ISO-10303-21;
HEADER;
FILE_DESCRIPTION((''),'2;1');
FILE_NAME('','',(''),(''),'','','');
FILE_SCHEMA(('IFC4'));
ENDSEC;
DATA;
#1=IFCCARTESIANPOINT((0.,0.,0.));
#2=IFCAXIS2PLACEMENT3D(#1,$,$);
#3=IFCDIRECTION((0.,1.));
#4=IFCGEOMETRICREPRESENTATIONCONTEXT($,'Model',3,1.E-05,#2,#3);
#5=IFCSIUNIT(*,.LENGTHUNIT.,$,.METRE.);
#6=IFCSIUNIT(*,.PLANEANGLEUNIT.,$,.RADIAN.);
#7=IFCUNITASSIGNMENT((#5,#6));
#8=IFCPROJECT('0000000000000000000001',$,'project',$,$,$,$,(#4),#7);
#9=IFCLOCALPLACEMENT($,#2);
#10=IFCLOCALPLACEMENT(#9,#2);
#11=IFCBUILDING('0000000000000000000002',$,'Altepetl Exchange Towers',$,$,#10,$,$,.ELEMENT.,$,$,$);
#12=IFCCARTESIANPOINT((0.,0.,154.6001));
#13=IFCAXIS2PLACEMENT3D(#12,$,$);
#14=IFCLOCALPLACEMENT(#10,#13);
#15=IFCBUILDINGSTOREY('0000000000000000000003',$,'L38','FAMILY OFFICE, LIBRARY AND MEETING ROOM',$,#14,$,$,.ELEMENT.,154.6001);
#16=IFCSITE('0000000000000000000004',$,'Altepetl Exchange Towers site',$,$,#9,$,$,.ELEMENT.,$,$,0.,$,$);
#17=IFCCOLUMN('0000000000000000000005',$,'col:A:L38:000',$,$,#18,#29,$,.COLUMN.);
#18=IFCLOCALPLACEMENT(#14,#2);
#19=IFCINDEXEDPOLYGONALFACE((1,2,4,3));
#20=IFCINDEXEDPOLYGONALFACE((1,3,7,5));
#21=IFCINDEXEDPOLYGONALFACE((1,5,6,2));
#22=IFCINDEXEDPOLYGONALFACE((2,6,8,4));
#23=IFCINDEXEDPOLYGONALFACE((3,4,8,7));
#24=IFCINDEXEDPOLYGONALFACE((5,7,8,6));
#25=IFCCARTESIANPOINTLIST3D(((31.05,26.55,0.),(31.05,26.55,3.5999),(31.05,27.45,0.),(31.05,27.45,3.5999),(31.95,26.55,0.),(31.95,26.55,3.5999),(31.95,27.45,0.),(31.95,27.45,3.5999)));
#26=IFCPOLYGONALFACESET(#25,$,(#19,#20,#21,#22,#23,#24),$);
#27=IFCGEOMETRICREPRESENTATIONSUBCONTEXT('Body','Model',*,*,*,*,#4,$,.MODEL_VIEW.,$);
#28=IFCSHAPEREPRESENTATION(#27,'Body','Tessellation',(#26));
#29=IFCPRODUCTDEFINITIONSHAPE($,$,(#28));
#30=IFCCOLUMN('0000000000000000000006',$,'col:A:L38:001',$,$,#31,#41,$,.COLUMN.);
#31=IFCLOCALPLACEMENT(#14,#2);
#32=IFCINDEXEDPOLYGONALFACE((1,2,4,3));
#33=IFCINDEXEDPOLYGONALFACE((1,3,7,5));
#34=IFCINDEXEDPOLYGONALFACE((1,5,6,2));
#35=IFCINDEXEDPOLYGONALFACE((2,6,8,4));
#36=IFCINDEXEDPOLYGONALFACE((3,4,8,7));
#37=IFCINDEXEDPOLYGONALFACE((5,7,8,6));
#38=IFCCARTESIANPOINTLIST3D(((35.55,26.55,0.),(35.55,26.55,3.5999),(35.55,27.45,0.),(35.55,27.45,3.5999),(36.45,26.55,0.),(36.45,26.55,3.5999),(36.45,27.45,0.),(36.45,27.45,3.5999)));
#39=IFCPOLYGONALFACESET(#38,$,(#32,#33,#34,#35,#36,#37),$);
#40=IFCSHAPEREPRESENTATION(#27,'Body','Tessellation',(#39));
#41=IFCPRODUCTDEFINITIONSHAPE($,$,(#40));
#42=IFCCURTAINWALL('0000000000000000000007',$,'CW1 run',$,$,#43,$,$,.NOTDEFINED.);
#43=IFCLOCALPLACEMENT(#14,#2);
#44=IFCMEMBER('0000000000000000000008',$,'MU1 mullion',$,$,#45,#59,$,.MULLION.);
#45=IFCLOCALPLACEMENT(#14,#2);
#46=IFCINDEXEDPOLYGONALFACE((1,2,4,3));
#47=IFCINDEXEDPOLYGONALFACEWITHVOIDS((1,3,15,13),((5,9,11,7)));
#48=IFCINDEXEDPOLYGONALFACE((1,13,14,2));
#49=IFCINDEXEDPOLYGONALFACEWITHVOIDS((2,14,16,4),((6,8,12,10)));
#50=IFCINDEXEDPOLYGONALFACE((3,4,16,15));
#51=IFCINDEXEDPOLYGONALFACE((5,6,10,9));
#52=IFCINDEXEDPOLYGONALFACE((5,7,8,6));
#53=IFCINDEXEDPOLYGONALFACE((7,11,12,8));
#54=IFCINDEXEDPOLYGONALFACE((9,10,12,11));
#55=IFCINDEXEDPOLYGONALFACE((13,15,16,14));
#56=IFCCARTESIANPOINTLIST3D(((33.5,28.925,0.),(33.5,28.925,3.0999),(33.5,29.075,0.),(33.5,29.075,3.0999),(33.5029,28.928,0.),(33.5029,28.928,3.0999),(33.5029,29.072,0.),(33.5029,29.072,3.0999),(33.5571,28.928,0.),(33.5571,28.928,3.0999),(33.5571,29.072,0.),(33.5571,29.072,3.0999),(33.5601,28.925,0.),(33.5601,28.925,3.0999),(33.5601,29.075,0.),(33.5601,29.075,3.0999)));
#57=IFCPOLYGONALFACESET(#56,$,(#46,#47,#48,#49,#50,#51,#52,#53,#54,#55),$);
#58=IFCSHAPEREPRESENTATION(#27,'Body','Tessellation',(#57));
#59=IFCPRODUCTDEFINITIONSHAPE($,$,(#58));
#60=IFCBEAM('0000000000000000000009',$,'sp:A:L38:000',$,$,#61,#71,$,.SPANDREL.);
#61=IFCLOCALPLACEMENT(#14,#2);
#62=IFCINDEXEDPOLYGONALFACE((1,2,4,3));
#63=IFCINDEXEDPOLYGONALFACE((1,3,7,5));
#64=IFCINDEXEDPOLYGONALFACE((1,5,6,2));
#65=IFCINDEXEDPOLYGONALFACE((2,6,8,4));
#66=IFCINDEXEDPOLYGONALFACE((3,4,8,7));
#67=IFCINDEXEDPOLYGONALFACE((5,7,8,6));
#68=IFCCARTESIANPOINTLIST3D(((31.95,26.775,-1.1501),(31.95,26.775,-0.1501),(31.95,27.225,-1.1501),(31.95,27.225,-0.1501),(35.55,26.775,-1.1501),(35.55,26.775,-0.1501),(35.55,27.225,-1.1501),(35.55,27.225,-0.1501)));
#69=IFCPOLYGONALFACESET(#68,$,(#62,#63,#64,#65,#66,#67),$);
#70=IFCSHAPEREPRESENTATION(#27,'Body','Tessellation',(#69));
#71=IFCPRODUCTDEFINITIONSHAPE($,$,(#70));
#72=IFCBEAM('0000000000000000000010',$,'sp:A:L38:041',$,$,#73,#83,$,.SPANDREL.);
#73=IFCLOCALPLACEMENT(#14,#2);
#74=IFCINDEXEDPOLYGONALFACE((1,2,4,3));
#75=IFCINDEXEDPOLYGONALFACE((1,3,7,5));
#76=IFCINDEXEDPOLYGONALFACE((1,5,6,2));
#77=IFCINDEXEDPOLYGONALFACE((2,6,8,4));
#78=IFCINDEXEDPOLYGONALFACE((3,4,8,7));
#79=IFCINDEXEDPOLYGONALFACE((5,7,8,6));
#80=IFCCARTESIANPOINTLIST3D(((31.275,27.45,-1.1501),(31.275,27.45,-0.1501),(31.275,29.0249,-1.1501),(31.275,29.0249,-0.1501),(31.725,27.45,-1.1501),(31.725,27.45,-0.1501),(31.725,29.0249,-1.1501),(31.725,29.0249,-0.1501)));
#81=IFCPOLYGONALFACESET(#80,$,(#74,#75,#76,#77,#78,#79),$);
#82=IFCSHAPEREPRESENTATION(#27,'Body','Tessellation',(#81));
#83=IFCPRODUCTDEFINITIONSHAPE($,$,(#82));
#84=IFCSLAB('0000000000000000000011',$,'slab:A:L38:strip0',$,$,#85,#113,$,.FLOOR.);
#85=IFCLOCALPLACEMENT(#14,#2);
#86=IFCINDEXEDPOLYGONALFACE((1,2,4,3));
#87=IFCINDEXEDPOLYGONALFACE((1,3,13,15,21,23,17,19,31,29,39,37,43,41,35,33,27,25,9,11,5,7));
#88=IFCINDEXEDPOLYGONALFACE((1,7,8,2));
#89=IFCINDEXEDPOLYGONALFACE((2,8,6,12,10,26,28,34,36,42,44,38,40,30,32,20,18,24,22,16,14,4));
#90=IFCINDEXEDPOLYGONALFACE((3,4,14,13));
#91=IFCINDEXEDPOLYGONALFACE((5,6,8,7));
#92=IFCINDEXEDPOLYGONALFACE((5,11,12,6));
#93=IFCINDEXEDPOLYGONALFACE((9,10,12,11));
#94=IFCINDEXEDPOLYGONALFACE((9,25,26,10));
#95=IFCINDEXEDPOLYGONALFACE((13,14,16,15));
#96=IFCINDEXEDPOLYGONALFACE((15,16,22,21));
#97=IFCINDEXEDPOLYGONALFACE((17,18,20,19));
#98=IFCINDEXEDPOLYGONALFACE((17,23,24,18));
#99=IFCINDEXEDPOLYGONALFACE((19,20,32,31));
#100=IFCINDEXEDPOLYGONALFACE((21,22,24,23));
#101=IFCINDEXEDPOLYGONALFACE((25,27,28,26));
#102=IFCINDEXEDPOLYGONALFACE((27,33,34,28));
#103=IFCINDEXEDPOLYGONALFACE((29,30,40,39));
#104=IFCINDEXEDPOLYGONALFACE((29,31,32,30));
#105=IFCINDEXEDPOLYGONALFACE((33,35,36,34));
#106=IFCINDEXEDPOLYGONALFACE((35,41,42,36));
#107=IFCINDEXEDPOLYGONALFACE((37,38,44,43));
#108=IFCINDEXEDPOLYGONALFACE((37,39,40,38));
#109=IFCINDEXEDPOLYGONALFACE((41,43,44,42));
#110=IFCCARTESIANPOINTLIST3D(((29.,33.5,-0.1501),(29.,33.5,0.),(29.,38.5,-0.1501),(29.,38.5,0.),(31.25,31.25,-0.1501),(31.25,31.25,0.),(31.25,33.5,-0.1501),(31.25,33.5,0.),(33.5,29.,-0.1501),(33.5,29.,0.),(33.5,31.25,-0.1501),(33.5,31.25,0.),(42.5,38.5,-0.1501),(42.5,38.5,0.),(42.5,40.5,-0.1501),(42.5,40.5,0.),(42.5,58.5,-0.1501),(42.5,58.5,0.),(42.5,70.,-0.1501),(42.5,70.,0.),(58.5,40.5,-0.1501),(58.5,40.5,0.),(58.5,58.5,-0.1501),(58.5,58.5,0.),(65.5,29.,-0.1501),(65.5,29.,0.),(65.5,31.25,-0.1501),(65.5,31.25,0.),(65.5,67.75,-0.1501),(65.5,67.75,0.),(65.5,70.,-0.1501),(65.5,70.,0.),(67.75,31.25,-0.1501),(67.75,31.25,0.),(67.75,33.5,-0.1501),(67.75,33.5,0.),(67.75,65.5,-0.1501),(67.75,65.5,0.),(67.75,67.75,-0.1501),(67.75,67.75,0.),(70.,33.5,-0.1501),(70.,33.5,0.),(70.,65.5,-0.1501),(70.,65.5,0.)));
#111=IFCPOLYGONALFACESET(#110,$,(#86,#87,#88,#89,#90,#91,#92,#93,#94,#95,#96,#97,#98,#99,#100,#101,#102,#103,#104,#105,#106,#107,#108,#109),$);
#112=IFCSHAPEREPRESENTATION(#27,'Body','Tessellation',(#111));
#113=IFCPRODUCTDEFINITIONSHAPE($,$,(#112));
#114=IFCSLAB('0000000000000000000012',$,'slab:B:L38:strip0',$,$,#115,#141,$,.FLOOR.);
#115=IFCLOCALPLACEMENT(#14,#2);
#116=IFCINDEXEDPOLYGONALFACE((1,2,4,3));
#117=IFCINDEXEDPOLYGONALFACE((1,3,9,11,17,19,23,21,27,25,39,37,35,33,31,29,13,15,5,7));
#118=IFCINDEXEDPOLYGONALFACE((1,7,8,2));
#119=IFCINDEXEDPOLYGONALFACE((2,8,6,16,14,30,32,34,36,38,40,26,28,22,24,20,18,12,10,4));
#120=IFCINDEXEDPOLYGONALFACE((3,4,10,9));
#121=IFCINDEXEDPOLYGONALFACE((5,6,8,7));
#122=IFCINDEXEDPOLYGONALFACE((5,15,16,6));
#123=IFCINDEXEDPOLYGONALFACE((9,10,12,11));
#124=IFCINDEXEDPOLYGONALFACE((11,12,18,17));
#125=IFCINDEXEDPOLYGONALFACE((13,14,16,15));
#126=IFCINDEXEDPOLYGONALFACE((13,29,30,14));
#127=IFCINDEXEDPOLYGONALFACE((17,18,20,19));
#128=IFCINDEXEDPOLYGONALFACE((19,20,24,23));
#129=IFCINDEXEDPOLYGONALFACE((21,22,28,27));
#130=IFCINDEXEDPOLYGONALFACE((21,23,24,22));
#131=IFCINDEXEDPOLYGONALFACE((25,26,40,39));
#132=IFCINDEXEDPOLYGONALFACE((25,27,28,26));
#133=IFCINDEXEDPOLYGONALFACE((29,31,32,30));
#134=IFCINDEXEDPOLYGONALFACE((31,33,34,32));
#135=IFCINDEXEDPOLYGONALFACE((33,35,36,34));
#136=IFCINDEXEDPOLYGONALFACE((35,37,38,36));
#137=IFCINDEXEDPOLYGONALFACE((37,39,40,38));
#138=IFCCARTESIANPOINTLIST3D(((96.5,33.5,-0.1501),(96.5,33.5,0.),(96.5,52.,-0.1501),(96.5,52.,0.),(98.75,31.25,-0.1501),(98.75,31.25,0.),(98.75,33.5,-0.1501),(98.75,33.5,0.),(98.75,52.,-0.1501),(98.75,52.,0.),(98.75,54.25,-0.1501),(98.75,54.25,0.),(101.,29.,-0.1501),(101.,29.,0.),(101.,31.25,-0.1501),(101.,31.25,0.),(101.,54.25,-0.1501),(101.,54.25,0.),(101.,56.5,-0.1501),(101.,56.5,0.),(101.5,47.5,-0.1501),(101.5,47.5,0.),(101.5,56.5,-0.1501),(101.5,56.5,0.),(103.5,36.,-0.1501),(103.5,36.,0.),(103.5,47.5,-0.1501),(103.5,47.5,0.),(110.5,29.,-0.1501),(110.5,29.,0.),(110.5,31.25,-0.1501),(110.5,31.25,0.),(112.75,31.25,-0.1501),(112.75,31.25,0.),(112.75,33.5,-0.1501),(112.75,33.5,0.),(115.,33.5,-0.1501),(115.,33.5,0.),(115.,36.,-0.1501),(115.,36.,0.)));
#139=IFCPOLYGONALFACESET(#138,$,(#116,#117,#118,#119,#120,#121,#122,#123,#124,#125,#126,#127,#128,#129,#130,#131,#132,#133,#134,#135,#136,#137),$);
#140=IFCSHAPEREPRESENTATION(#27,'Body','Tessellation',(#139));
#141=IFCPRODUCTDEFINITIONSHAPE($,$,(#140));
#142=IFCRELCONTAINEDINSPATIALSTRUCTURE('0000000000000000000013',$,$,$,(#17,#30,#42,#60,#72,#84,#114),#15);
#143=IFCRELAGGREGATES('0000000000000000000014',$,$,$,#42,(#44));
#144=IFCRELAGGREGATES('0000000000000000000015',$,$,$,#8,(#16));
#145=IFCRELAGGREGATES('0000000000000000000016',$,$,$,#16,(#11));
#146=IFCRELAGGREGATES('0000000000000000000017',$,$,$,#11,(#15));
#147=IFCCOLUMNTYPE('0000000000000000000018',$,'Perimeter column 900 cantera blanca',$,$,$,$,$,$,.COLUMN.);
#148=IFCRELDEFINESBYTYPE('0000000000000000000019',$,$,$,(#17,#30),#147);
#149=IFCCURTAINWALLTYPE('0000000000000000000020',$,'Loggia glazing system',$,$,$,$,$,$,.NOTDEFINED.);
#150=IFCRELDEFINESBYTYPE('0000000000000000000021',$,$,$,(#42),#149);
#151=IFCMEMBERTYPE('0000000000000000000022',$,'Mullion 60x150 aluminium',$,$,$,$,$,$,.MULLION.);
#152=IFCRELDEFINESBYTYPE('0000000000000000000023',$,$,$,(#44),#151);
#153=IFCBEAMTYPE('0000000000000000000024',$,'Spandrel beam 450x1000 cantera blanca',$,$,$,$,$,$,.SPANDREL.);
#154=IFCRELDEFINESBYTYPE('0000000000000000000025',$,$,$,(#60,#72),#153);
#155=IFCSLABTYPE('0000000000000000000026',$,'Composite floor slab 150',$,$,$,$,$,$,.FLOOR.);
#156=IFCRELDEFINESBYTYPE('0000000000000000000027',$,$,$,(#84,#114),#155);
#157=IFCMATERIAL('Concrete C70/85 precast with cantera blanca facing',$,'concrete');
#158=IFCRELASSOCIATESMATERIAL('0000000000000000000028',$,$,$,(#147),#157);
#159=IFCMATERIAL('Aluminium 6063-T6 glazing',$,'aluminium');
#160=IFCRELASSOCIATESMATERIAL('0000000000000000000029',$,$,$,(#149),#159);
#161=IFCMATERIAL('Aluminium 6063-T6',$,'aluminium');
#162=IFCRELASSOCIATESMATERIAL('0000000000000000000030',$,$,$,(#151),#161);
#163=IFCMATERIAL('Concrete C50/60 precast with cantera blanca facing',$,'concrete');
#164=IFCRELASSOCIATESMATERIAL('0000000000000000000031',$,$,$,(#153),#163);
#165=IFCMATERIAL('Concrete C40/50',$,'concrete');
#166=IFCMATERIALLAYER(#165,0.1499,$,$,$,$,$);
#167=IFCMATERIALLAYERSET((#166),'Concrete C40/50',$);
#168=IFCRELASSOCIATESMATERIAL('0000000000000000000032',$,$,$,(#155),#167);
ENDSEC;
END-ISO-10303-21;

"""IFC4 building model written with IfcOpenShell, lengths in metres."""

from ifc_helpers import new_model, si_unit, direction, frame, origin, origin_2d, place, context, subcontext, project, spatial, polyline, rectangle, hollow_rectangle, outline, extrude, material, layer, layer_set, material_profile, profile_set, type_object, element, aggregate, save


model = new_model("IFC4")

# Units and contexts
model_context = context("Model", 3, precision=1e-05, world=origin(), true_north=direction((0.0, 1.0)))
body_context = subcontext(model_context, "Body", "Model", "MODEL_VIEW")
ifc_project = project(units=[si_unit("LENGTHUNIT", "METRE"), si_unit("PLANEANGLEUNIT", "RADIAN")], contexts=[model_context])

# Site, building, storey
site_placement = place(None, origin())
site = spatial("IfcSite", under=ifc_project, at=site_placement, Name="Altepetl Exchange Towers site", CompositionType="ELEMENT", RefElevation=0.0)
building_placement = place(site_placement, origin())
building = spatial("IfcBuilding", under=site, at=building_placement, Name="Altepetl Exchange Towers", CompositionType="ELEMENT")
storey_placement = place(building_placement, frame((0.0, 0.0, 154.6001)))
storey = spatial("IfcBuildingStorey", under=building, at=storey_placement, Name="L38", Description="FAMILY OFFICE, LIBRARY AND MEETING ROOM", CompositionType="ELEMENT", Elevation=154.6001)

# Columns
ifc_material_1 = material(Name="Concrete C70/85 precast with cantera blanca facing", Category="concrete")
ifc_material_profile_1 = material_profile(ifc_material_1, rectangle(XDim=0.8999, YDim=0.8999, at=origin_2d()), Name="900 x 900")
ifc_profile_set_1 = profile_set([ifc_material_profile_1], Name="Concrete C70/85 precast with cantera blanca facing")
column_type = type_object("IfcColumnType", Name="Perimeter column 900 cantera blanca", PredefinedType="COLUMN", material=ifc_profile_set_1)
for number, where, name in (
    (1, (31.5, 27.0, 0.0), "col:A:L38:000"),
    (2, (36.0, 27.0, 0.0), "col:A:L38:001"),
):
    element("IfcColumn", number, at=place(storey_placement, frame(where)), inside=storey, type_object=column_type, Name=name, PredefinedType="COLUMN", context=body_context, shape_type="SweptSolid", body=[
        extrude(rectangle(XDim=0.8999, YDim=0.8999, at=origin_2d()), origin(), (0.0, 0.0, 1.0), 3.5999),
    ])

# Curtain wall, member
ifc_material_2 = material(Name="Aluminium 6063-T6 glazing", Category="aluminium")
curtain_wall_type = type_object("IfcCurtainWallType", Name="Loggia glazing system", PredefinedType="NOTDEFINED", material=ifc_material_2)
curtain_wall_placement = place(storey_placement, origin())
curtain_wall = element("IfcCurtainWall", 3, at=curtain_wall_placement, inside=storey, type_object=curtain_wall_type, Name="CW1 run", PredefinedType="NOTDEFINED")
ifc_material_3 = material(Name="Aluminium 6063-T6", Category="aluminium")
ifc_material_profile_2 = material_profile(ifc_material_3, hollow_rectangle(XDim=0.0601, YDim=0.1499, WallThickness=0.0029, at=origin_2d()), Name="Mullion 60x150 aluminium")
ifc_profile_set_2 = profile_set([ifc_material_profile_2], Name="Aluminium 6063-T6")
member_type = type_object("IfcMemberType", Name="Mullion 60x150 aluminium", PredefinedType="MULLION", material=ifc_profile_set_2)
member_placement = place(storey_placement, frame((33.53, 29.0, 0.0)))
member = element("IfcMember", 4, at=member_placement, type_object=member_type, Name="MU1 mullion", PredefinedType="MULLION", context=body_context, shape_type="SweptSolid", body=[
    extrude(hollow_rectangle(XDim=0.0601, YDim=0.1499, WallThickness=0.0029, at=origin_2d()), origin(), (0.0, 0.0, 1.0), 3.0999),
])

# Beams
ifc_material_4 = material(Name="Concrete C50/60 precast with cantera blanca facing", Category="concrete")
ifc_material_profile_3 = material_profile(ifc_material_4, rectangle(XDim=0.45, YDim=1.0, at=origin_2d()), Name="450 x 1000")
ifc_profile_set_3 = profile_set([ifc_material_profile_3], Name="Concrete C50/60 precast with cantera blanca facing")
beam_type = type_object("IfcBeamType", Name="Spandrel beam 450x1000 cantera blanca", PredefinedType="SPANDREL", material=ifc_profile_set_3)
beam_1_placement = place(storey_placement, frame((31.95, 27.0, -0.6501), z_axis=(1.0, 0.0, 0.0), x_axis=(0.0, 1.0, 0.0)))
element("IfcBeam", 5, at=beam_1_placement, inside=storey, type_object=beam_type, Name="sp:A:L38:000", PredefinedType="SPANDREL", context=body_context, shape_type="SweptSolid", body=[
    extrude(rectangle(XDim=0.45, YDim=1.0, at=origin_2d()), origin(), (0.0, 0.0, 1.0), 3.6001),
])
beam_2_placement = place(storey_placement, frame((31.5, 29.0249, -0.6501), z_axis=(0.0, -1.0, 0.0), x_axis=(1.0, 0.0, 0.0)))
element("IfcBeam", 6, at=beam_2_placement, inside=storey, type_object=beam_type, Name="sp:A:L38:041", PredefinedType="SPANDREL", context=body_context, shape_type="SweptSolid", body=[
    extrude(rectangle(XDim=0.45, YDim=1.0, at=origin_2d()), origin(), (0.0, 0.0, 1.0), 1.575),
])

# Slabs
ifc_material_5 = material(Name="Concrete C40/50", Category="concrete")
ifc_layer_1 = layer(ifc_material_5, 0.1499)
ifc_layer_set_1 = layer_set([ifc_layer_1], Name="Concrete C40/50")
slab_type_1 = type_object("IfcSlabType", Name="Composite floor slab 150", PredefinedType="FLOOR", material=ifc_layer_set_1)
slab_1_placement = place(storey_placement, frame((0.0, 0.0, -0.1501)))
element("IfcSlab", 7, at=slab_1_placement, inside=storey, type_object=slab_type_1, Name="slab:A:L38:strip0", PredefinedType="FLOOR", context=body_context, shape_type="SweptSolid", body=[
    extrude(outline(polyline([(42.5, 70.0), (42.5, 58.5), (58.5, 58.5), (58.5, 40.5), (42.5, 40.5), (42.5, 38.5), (29.0, 38.5), (29.0, 33.5), (31.25, 33.5), (31.25, 31.25), (33.5, 31.25), (33.5, 29.0), (65.5, 29.0), (65.5, 31.25), (67.75, 31.25), (67.75, 33.5), (70.0, 33.5), (70.0, 65.5), (67.75, 65.5), (67.75, 67.75), (65.5, 67.75), (65.5, 70.0), (42.5, 70.0)])), origin(), (0.0, 0.0, 1.0), 0.1501),
])
slab_2_placement = place(storey_placement, frame((0.0, 0.0, -0.1501)))
element("IfcSlab", 8, at=slab_2_placement, inside=storey, type_object=slab_type_1, Name="slab:B:L38:strip0", PredefinedType="FLOOR", context=body_context, shape_type="SweptSolid", body=[
    extrude(outline(polyline([(98.75, 31.25), (101.0, 31.25), (101.0, 29.0), (110.5, 29.0), (110.5, 31.25), (112.75, 31.25), (112.75, 33.5), (115.0, 33.5), (115.0, 36.0), (103.5, 36.0), (103.5, 47.5), (101.5, 47.5), (101.5, 56.5), (101.0, 56.5), (101.0, 54.25), (98.75, 54.25), (98.75, 52.0), (96.5, 52.0), (96.5, 33.5), (98.75, 33.5), (98.75, 31.25)])), origin(), (0.0, 0.0, 1.0), 0.1501),
])

aggregate(curtain_wall, [member])

save(model, "model.ifc")
